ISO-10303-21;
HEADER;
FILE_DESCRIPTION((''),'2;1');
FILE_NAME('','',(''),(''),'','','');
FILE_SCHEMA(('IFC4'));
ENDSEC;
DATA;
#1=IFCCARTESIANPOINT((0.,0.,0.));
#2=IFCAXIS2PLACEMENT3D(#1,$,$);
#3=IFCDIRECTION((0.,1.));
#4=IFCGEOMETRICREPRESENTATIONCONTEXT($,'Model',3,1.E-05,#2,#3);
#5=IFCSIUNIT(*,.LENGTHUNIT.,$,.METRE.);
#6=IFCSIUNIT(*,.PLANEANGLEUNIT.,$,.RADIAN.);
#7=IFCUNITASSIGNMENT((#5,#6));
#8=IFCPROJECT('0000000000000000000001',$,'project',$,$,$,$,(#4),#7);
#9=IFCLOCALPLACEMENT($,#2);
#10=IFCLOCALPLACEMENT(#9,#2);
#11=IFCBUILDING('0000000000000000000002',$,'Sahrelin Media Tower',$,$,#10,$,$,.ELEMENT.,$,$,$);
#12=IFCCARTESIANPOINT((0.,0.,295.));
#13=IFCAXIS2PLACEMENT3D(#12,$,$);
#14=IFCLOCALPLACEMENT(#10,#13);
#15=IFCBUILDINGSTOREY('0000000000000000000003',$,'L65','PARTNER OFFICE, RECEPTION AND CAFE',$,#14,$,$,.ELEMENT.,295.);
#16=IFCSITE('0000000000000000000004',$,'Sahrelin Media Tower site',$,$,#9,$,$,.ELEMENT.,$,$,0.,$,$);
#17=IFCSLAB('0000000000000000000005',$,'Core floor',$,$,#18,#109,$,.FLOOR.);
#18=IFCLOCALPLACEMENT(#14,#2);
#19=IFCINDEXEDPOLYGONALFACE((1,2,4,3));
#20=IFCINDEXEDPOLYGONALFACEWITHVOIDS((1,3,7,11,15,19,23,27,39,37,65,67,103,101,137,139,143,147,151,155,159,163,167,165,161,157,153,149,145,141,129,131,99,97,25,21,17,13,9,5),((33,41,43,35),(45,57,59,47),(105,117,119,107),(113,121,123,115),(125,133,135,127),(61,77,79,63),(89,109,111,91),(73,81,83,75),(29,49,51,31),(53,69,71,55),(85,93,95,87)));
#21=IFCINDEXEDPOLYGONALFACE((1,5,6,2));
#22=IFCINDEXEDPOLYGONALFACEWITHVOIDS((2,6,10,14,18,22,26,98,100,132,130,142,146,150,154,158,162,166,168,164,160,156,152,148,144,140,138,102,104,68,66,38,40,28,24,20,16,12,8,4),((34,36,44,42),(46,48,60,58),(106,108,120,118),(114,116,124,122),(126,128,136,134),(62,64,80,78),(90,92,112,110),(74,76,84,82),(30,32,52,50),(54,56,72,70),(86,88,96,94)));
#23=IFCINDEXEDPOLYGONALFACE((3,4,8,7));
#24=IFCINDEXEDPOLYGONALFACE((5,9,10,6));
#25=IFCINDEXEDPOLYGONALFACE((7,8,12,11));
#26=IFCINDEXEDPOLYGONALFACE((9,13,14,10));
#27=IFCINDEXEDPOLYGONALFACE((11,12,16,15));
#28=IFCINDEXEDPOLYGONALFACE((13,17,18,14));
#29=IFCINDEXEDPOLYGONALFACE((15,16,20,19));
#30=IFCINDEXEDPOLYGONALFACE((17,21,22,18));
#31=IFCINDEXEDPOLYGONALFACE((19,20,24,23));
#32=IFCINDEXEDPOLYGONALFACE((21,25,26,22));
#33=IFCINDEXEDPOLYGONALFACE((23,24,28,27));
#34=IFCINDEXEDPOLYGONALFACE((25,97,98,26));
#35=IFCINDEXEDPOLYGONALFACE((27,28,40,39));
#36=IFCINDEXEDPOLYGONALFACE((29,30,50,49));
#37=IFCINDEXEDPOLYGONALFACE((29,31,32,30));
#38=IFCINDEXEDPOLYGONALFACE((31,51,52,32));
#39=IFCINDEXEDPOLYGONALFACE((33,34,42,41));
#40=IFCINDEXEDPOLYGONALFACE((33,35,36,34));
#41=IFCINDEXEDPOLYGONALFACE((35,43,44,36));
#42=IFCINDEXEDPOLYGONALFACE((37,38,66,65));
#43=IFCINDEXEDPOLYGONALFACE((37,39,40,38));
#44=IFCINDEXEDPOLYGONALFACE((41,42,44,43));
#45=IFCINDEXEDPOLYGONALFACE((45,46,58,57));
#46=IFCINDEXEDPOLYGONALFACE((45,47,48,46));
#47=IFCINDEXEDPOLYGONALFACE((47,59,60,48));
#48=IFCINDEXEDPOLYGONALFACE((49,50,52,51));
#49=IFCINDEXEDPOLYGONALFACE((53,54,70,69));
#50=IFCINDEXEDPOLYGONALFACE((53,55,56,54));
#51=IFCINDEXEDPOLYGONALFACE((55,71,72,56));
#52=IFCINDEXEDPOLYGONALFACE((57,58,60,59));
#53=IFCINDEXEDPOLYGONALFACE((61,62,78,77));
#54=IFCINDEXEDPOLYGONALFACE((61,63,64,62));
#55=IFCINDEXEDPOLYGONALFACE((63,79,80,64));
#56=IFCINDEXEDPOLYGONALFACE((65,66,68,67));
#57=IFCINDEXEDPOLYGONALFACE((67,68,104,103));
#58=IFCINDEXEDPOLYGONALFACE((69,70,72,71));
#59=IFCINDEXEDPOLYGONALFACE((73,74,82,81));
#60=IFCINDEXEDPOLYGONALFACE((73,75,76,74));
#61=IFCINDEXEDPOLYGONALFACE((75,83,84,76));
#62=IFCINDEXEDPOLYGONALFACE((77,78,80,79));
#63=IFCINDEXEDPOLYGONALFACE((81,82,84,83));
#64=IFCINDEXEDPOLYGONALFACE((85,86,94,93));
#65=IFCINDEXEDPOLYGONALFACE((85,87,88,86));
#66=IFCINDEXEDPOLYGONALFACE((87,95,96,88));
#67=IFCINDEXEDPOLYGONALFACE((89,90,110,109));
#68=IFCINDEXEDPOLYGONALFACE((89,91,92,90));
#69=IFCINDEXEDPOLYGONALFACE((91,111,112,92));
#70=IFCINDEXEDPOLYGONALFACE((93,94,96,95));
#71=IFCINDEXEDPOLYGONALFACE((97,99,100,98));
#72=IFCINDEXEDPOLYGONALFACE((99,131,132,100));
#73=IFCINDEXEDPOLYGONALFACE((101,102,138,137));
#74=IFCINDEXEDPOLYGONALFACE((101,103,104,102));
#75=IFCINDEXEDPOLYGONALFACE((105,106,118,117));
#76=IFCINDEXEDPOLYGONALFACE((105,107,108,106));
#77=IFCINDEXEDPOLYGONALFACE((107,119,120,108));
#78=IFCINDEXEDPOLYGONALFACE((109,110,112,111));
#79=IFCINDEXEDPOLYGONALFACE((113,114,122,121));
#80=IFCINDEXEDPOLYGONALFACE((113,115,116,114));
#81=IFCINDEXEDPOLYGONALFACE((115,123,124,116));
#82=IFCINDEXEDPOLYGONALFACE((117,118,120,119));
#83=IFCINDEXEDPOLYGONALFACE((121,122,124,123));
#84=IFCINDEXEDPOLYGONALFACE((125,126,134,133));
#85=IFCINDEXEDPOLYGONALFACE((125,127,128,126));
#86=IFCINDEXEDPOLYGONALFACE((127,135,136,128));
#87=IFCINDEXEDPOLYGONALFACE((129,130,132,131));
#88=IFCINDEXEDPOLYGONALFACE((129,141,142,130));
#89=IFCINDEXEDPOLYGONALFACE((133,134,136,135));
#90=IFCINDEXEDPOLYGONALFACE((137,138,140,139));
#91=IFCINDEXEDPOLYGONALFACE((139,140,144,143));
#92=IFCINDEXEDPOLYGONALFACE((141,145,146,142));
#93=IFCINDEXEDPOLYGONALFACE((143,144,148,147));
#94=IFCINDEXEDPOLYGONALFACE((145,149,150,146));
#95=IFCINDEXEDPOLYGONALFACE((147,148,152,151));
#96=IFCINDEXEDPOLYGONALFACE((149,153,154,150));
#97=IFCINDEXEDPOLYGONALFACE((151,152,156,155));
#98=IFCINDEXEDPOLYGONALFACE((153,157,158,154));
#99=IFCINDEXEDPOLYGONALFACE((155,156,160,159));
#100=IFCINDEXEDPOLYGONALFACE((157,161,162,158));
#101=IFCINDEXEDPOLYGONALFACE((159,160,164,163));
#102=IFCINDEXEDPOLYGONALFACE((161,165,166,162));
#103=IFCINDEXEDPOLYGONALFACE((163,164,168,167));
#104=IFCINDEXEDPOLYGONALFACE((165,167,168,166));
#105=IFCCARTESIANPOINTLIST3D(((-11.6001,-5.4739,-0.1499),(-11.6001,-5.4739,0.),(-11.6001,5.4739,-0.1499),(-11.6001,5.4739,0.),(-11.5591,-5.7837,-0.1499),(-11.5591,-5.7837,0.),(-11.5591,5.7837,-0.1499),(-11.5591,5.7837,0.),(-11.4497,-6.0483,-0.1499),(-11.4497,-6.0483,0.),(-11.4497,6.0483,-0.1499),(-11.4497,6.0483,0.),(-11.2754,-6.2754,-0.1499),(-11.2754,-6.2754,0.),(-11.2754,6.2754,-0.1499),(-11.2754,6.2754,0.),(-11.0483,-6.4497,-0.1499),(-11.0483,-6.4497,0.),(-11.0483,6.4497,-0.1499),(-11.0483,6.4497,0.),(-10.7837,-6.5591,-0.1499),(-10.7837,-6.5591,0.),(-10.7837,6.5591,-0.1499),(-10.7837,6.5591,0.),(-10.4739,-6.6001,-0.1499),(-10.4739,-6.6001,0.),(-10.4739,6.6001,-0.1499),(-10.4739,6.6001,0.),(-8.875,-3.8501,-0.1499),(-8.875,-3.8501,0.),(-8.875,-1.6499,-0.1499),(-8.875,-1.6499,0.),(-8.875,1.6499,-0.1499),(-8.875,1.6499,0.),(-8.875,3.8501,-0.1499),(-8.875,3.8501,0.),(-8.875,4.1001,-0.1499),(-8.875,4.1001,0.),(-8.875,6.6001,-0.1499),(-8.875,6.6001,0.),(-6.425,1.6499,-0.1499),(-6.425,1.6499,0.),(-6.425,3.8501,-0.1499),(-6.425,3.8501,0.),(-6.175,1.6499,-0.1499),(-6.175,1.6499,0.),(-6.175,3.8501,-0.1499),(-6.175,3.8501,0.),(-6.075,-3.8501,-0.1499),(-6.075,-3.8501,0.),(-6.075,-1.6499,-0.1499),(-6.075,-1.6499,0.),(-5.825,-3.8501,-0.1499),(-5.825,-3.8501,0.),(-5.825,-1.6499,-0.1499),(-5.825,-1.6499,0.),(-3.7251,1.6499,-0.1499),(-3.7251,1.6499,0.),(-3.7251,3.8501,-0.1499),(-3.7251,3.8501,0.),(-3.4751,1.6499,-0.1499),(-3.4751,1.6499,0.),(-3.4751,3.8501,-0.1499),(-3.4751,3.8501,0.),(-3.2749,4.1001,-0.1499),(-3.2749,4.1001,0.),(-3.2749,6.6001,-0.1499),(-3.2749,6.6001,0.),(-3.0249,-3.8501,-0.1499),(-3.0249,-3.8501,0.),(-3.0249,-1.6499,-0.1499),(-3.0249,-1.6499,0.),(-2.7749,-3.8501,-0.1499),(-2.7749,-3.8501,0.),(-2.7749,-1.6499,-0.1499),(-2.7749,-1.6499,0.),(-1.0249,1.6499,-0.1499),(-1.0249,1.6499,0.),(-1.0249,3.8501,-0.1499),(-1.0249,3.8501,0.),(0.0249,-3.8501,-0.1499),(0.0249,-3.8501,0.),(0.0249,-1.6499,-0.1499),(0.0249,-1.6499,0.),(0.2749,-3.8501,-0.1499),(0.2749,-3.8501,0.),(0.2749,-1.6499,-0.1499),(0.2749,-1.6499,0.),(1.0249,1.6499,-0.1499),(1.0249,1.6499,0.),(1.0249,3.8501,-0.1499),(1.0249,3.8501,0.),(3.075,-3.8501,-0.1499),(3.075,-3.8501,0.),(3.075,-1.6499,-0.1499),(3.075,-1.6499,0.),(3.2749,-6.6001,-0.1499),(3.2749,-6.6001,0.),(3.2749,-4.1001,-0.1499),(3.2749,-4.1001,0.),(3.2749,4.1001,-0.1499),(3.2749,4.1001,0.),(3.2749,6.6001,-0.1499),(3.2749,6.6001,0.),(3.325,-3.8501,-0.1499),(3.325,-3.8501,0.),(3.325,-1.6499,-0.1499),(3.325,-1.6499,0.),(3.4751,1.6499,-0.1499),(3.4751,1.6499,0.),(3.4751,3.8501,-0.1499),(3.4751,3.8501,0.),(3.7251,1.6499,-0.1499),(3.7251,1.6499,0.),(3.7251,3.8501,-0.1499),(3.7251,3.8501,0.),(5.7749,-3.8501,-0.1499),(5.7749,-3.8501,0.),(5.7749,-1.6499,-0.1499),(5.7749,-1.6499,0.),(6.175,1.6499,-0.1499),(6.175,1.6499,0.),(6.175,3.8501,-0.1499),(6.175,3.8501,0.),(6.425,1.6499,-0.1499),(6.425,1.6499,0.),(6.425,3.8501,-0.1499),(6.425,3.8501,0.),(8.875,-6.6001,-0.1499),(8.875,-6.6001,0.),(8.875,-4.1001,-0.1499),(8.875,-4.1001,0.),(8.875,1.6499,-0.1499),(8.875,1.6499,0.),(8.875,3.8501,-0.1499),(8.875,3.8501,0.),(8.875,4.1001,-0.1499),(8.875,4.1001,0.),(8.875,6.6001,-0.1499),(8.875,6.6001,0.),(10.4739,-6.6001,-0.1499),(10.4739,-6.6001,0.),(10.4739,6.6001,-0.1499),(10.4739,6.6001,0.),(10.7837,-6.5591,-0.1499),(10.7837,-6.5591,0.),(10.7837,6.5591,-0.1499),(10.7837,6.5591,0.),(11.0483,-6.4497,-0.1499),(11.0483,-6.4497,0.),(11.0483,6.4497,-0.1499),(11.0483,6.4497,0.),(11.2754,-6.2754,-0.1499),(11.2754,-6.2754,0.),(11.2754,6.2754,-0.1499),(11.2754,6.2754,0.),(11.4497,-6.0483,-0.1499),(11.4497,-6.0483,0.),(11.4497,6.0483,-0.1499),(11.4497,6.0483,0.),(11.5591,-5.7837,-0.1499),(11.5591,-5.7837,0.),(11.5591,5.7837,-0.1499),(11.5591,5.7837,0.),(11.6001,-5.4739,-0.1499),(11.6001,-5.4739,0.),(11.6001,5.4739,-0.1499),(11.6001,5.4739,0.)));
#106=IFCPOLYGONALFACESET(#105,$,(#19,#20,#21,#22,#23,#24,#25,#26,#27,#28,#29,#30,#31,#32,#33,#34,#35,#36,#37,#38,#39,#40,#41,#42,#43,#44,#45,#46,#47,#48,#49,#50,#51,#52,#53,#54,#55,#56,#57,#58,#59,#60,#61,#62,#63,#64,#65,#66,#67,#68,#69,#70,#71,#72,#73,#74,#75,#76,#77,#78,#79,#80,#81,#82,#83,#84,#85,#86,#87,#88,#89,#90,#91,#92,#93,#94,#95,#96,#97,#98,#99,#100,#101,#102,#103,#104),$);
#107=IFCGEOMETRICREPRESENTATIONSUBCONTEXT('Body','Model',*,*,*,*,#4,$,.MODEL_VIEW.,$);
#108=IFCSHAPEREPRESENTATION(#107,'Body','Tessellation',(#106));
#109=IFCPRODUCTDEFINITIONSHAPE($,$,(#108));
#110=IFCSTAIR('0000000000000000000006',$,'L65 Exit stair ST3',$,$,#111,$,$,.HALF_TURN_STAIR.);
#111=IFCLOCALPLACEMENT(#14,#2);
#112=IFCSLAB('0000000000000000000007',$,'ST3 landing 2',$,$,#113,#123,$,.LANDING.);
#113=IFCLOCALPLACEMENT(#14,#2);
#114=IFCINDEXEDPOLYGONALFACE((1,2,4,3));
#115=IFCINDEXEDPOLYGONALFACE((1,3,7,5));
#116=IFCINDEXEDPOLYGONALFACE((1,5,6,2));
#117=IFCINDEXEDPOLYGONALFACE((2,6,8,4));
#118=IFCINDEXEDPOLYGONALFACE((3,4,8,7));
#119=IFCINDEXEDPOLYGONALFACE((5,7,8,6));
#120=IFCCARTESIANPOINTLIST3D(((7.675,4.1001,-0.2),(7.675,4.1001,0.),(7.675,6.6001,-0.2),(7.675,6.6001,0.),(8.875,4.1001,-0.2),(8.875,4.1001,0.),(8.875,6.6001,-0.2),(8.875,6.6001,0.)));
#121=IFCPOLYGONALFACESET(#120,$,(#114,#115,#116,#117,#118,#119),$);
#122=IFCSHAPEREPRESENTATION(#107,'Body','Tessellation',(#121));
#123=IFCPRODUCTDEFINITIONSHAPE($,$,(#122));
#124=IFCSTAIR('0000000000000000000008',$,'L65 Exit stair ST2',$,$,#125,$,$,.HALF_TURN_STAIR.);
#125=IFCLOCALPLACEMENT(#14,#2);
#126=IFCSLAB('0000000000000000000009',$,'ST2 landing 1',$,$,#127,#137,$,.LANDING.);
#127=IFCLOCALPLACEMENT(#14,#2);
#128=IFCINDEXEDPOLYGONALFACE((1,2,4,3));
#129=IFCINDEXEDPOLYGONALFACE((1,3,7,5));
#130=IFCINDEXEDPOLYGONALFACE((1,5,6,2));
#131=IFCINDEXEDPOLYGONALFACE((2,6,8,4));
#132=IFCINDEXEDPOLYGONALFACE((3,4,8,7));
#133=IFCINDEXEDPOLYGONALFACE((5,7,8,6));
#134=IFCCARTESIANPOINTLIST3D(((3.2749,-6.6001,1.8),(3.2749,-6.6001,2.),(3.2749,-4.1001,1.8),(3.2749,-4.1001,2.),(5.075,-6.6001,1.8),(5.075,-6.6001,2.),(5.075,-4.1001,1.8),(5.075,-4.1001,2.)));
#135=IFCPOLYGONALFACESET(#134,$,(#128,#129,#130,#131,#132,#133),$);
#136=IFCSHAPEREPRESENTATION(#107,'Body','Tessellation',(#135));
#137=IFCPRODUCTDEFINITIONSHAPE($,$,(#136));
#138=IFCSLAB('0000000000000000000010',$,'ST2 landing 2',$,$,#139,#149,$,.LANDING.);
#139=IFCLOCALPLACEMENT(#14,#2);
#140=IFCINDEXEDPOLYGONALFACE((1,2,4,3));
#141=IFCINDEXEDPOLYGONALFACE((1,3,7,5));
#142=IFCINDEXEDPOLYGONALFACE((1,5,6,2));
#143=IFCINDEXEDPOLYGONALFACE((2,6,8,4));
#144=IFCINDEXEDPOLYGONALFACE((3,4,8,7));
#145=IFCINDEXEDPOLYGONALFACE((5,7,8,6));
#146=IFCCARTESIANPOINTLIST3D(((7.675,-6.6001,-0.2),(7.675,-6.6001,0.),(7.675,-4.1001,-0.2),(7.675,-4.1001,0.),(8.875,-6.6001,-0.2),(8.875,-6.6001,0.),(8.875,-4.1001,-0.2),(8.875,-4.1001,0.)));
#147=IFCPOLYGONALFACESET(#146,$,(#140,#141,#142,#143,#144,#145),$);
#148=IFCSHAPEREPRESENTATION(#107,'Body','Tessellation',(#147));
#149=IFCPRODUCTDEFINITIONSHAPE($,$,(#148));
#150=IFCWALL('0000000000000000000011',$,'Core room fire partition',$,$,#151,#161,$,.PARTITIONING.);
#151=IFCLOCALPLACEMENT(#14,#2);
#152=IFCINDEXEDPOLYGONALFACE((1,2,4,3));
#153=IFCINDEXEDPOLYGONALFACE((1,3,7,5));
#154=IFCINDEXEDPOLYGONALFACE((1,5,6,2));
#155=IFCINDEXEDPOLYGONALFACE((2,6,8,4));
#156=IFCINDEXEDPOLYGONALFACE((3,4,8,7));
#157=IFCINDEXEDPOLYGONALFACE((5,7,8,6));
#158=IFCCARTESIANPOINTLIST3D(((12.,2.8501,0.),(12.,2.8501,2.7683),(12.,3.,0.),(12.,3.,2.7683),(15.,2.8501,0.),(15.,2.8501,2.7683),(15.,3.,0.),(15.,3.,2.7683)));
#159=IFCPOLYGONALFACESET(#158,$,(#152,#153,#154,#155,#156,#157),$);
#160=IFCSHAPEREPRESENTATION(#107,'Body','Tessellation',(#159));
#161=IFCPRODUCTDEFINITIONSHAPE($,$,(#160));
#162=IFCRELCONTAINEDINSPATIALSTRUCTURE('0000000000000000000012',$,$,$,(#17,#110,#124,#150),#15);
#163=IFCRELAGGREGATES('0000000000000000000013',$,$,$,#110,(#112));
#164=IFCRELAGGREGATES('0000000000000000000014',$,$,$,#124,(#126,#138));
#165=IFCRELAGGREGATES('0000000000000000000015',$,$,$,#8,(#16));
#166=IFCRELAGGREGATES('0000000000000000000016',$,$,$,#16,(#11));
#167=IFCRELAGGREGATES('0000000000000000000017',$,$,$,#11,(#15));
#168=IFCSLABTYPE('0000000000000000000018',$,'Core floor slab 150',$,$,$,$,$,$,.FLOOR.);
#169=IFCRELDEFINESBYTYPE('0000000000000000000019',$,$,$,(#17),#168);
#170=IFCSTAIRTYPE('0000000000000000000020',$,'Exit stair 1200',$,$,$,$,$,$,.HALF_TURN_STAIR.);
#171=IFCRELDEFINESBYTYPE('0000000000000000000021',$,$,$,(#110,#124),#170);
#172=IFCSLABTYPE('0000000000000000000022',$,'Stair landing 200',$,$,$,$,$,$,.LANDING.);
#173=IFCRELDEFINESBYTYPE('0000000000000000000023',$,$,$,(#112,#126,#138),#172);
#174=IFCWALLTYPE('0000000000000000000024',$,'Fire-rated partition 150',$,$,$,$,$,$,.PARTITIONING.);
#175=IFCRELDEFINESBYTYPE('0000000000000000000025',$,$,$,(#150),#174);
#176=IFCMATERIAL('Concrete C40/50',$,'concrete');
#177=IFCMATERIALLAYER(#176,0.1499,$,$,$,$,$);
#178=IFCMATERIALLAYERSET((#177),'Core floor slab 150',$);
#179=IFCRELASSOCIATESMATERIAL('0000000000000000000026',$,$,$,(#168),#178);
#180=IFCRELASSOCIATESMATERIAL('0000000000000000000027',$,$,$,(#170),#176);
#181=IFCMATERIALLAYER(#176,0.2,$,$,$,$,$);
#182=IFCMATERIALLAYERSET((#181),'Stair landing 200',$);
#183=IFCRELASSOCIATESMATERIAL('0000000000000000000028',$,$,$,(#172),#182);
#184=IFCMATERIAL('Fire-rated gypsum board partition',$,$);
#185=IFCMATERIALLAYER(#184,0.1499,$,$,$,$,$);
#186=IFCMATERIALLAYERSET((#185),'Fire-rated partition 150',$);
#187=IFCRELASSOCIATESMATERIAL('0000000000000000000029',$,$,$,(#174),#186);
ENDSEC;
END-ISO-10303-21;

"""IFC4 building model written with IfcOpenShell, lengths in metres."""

from ifc_helpers import new_model, si_unit, direction, frame, frame_2d, origin, place, context, subcontext, project, spatial, polyline, rectangle, outline, extrude, material, layer, layer_set, type_object, element, aggregate, save


model = new_model("IFC4")

# Units and contexts
model_context = context("Model", 3, precision=1e-05, world=origin(), true_north=direction((0.0, 1.0)))
body_context = subcontext(model_context, "Body", "Model", "MODEL_VIEW")
ifc_project = project(units=[si_unit("LENGTHUNIT", "METRE"), si_unit("PLANEANGLEUNIT", "RADIAN")], contexts=[model_context])

# Site, building, storey
site_placement = place(None, origin())
site = spatial("IfcSite", under=ifc_project, at=site_placement, Name="Sahrelin Media Tower site", CompositionType="ELEMENT", RefElevation=0.0)
building_placement = place(site_placement, origin())
building = spatial("IfcBuilding", under=site, at=building_placement, Name="Sahrelin Media Tower", CompositionType="ELEMENT")
storey_placement = place(building_placement, frame((0.0, 0.0, 295.0)))
storey = spatial("IfcBuildingStorey", under=building, at=storey_placement, Name="L65", Description="PARTNER OFFICE, RECEPTION AND CAFE", CompositionType="ELEMENT", Elevation=295.0)

# Slab
ifc_material_1 = material(Name="Concrete C40/50", Category="concrete")
ifc_layer_1 = layer(ifc_material_1, 0.1499)
ifc_layer_set_1 = layer_set([ifc_layer_1], Name="Core floor slab 150")
slab_type_1 = type_object("IfcSlabType", Name="Core floor slab 150", PredefinedType="FLOOR", material=ifc_layer_set_1)
slab_1_placement = place(storey_placement, frame((0.0, 0.0, -0.1499)))
element("IfcSlab", 1, at=slab_1_placement, inside=storey, type_object=slab_type_1, Name="Core floor", PredefinedType="FLOOR", context=body_context, shape_type="SweptSolid", body=[
    extrude(outline(polyline([(-11.6001, -5.4739), (-11.5591, -5.7837), (-11.4497, -6.0483), (-11.2754, -6.2754), (-11.0483, -6.4497), (-10.7837, -6.5591), (-10.4739, -6.6001), (3.2749, -6.6001), (3.2749, -4.1001), (8.875, -4.1001), (8.875, -6.6001), (10.4739, -6.6001), (10.7837, -6.5591), (11.0483, -6.4497), (11.2754, -6.2754), (11.4497, -6.0483), (11.5591, -5.7837), (11.6001, -5.4739), (11.6001, 5.4739), (11.5591, 5.7837), (11.4497, 6.0483), (11.2754, 6.2754), (11.0483, 6.4497), (10.7837, 6.5591), (10.4739, 6.6001), (8.875, 6.6001), (8.875, 4.1001), (3.2749, 4.1001), (3.2749, 6.6001), (-3.2749, 6.6001), (-3.2749, 4.1001), (-8.875, 4.1001), (-8.875, 6.6001), (-10.4739, 6.6001), (-10.7837, 6.5591), (-11.0483, 6.4497), (-11.2754, 6.2754), (-11.4497, 6.0483), (-11.5591, 5.7837), (-11.6001, 5.4739), (-11.6001, -5.4739)]), holes=[polyline([(-8.875, 3.8501), (-8.875, 1.6499), (-6.425, 1.6499), (-6.425, 3.8501), (-8.875, 3.8501)]), polyline([(-3.7251, 3.8501), (-6.175, 3.8501), (-6.175, 1.6499), (-3.7251, 1.6499), (-3.7251, 3.8501)]), polyline([(-1.0249, 1.6499), (-1.0249, 3.8501), (-3.4751, 3.8501), (-3.4751, 1.6499), (-1.0249, 1.6499)]), polyline([(1.0249, 1.6499), (3.4751, 1.6499), (3.4751, 3.8501), (1.0249, 3.8501), (1.0249, 1.6499)]), polyline([(3.7251, 3.8501), (3.7251, 1.6499), (6.175, 1.6499), (6.175, 3.8501), (3.7251, 3.8501)]), polyline([(8.875, 3.8501), (6.425, 3.8501), (6.425, 1.6499), (8.875, 1.6499), (8.875, 3.8501)]), polyline([(-6.075, -3.8501), (-6.075, -1.6499), (-8.875, -1.6499), (-8.875, -3.8501), (-6.075, -3.8501)]), polyline([(-5.825, -3.8501), (-3.0249, -3.8501), (-3.0249, -1.6499), (-5.825, -1.6499), (-5.825, -3.8501)]), polyline([(-2.7749, -1.6499), (-2.7749, -3.8501), (0.0249, -3.8501), (0.0249, -1.6499), (-2.7749, -1.6499)]), polyline([(3.075, -1.6499), (0.2749, -1.6499), (0.2749, -3.8501), (3.075, -3.8501), (3.075, -1.6499)]), polyline([(5.7749, -3.8501), (5.7749, -1.6499), (3.325, -1.6499), (3.325, -3.8501), (5.7749, -3.8501)])]), origin(), (0.0, 0.0, 1.0), 0.1499),
])

# Stair, slab
stair_type = type_object("IfcStairType", Name="Exit stair 1200", PredefinedType="HALF_TURN_STAIR", material=ifc_material_1)
placement_1 = place(storey_placement, origin())
stair_1 = element("IfcStair", 2, at=placement_1, inside=storey, type_object=stair_type, Name="L65 Exit stair ST3", PredefinedType="HALF_TURN_STAIR")
ifc_layer_2 = layer(ifc_material_1, 0.2)
ifc_layer_set_2 = layer_set([ifc_layer_2], Name="Stair landing 200")
slab_type_2 = type_object("IfcSlabType", Name="Stair landing 200", PredefinedType="LANDING", material=ifc_layer_set_2)
placement_2 = place(storey_placement, frame((0.0, 0.0, -0.2)))
slab_2 = element("IfcSlab", 3, at=placement_2, type_object=slab_type_2, Name="ST3 landing 2", PredefinedType="LANDING", context=body_context, shape_type="SweptSolid", body=[
    extrude(outline(polyline([(8.875, 6.6001), (7.675, 6.6001), (7.675, 4.1001), (8.875, 4.1001), (8.875, 6.6001)])), origin(), (0.0, 0.0, 1.0), 0.2),
])
aggregate(stair_1, [slab_2])

# Stair, slabs
stair_2 = element("IfcStair", 4, at=placement_1, inside=storey, type_object=stair_type, Name="L65 Exit stair ST2", PredefinedType="HALF_TURN_STAIR")
slab_3_placement = place(storey_placement, frame((0.0, 0.0, 1.8)))
slab_3 = element("IfcSlab", 5, at=slab_3_placement, type_object=slab_type_2, Name="ST2 landing 1", PredefinedType="LANDING", context=body_context, shape_type="SweptSolid", body=[
    extrude(outline(polyline([(5.075, -4.1001), (3.2749, -4.1001), (3.2749, -6.6001), (5.075, -6.6001), (5.075, -4.1001)])), origin(), (0.0, 0.0, 1.0), 0.2),
])
slab_4 = element("IfcSlab", 6, at=placement_2, type_object=slab_type_2, Name="ST2 landing 2", PredefinedType="LANDING", context=body_context, shape_type="SweptSolid", body=[
    extrude(outline(polyline([(8.875, -4.1001), (7.675, -4.1001), (7.675, -6.6001), (8.875, -6.6001), (8.875, -4.1001)])), origin(), (0.0, 0.0, 1.0), 0.2),
])
aggregate(stair_2, [slab_3, slab_4])

# Wall
ifc_material_2 = material(Name="Fire-rated gypsum board partition")
ifc_layer_3 = layer(ifc_material_2, 0.1499)
ifc_layer_set_3 = layer_set([ifc_layer_3], Name="Fire-rated partition 150")
wall_type_1 = type_object("IfcWallType", Name="Fire-rated partition 150", PredefinedType="PARTITIONING", material=ifc_layer_set_3)
wall_1_placement = place(storey_placement, frame((12.0, 2.925, 0.0), z_axis=(0.0, 0.0, 1.0), x_axis=(1.0, 0.0, 0.0)))
element("IfcWall", 7, at=wall_1_placement, inside=storey, type_object=wall_type_1, Name="Core room fire partition", PredefinedType="PARTITIONING", context=body_context, shape_type="SweptSolid", body=[
    extrude(rectangle(XDim=3.0, YDim=0.1499, at=frame_2d((1.5, 0.0))), origin(), (0.0, 0.0, 1.0), 2.7683),
])

save(model, "model.ifc")
